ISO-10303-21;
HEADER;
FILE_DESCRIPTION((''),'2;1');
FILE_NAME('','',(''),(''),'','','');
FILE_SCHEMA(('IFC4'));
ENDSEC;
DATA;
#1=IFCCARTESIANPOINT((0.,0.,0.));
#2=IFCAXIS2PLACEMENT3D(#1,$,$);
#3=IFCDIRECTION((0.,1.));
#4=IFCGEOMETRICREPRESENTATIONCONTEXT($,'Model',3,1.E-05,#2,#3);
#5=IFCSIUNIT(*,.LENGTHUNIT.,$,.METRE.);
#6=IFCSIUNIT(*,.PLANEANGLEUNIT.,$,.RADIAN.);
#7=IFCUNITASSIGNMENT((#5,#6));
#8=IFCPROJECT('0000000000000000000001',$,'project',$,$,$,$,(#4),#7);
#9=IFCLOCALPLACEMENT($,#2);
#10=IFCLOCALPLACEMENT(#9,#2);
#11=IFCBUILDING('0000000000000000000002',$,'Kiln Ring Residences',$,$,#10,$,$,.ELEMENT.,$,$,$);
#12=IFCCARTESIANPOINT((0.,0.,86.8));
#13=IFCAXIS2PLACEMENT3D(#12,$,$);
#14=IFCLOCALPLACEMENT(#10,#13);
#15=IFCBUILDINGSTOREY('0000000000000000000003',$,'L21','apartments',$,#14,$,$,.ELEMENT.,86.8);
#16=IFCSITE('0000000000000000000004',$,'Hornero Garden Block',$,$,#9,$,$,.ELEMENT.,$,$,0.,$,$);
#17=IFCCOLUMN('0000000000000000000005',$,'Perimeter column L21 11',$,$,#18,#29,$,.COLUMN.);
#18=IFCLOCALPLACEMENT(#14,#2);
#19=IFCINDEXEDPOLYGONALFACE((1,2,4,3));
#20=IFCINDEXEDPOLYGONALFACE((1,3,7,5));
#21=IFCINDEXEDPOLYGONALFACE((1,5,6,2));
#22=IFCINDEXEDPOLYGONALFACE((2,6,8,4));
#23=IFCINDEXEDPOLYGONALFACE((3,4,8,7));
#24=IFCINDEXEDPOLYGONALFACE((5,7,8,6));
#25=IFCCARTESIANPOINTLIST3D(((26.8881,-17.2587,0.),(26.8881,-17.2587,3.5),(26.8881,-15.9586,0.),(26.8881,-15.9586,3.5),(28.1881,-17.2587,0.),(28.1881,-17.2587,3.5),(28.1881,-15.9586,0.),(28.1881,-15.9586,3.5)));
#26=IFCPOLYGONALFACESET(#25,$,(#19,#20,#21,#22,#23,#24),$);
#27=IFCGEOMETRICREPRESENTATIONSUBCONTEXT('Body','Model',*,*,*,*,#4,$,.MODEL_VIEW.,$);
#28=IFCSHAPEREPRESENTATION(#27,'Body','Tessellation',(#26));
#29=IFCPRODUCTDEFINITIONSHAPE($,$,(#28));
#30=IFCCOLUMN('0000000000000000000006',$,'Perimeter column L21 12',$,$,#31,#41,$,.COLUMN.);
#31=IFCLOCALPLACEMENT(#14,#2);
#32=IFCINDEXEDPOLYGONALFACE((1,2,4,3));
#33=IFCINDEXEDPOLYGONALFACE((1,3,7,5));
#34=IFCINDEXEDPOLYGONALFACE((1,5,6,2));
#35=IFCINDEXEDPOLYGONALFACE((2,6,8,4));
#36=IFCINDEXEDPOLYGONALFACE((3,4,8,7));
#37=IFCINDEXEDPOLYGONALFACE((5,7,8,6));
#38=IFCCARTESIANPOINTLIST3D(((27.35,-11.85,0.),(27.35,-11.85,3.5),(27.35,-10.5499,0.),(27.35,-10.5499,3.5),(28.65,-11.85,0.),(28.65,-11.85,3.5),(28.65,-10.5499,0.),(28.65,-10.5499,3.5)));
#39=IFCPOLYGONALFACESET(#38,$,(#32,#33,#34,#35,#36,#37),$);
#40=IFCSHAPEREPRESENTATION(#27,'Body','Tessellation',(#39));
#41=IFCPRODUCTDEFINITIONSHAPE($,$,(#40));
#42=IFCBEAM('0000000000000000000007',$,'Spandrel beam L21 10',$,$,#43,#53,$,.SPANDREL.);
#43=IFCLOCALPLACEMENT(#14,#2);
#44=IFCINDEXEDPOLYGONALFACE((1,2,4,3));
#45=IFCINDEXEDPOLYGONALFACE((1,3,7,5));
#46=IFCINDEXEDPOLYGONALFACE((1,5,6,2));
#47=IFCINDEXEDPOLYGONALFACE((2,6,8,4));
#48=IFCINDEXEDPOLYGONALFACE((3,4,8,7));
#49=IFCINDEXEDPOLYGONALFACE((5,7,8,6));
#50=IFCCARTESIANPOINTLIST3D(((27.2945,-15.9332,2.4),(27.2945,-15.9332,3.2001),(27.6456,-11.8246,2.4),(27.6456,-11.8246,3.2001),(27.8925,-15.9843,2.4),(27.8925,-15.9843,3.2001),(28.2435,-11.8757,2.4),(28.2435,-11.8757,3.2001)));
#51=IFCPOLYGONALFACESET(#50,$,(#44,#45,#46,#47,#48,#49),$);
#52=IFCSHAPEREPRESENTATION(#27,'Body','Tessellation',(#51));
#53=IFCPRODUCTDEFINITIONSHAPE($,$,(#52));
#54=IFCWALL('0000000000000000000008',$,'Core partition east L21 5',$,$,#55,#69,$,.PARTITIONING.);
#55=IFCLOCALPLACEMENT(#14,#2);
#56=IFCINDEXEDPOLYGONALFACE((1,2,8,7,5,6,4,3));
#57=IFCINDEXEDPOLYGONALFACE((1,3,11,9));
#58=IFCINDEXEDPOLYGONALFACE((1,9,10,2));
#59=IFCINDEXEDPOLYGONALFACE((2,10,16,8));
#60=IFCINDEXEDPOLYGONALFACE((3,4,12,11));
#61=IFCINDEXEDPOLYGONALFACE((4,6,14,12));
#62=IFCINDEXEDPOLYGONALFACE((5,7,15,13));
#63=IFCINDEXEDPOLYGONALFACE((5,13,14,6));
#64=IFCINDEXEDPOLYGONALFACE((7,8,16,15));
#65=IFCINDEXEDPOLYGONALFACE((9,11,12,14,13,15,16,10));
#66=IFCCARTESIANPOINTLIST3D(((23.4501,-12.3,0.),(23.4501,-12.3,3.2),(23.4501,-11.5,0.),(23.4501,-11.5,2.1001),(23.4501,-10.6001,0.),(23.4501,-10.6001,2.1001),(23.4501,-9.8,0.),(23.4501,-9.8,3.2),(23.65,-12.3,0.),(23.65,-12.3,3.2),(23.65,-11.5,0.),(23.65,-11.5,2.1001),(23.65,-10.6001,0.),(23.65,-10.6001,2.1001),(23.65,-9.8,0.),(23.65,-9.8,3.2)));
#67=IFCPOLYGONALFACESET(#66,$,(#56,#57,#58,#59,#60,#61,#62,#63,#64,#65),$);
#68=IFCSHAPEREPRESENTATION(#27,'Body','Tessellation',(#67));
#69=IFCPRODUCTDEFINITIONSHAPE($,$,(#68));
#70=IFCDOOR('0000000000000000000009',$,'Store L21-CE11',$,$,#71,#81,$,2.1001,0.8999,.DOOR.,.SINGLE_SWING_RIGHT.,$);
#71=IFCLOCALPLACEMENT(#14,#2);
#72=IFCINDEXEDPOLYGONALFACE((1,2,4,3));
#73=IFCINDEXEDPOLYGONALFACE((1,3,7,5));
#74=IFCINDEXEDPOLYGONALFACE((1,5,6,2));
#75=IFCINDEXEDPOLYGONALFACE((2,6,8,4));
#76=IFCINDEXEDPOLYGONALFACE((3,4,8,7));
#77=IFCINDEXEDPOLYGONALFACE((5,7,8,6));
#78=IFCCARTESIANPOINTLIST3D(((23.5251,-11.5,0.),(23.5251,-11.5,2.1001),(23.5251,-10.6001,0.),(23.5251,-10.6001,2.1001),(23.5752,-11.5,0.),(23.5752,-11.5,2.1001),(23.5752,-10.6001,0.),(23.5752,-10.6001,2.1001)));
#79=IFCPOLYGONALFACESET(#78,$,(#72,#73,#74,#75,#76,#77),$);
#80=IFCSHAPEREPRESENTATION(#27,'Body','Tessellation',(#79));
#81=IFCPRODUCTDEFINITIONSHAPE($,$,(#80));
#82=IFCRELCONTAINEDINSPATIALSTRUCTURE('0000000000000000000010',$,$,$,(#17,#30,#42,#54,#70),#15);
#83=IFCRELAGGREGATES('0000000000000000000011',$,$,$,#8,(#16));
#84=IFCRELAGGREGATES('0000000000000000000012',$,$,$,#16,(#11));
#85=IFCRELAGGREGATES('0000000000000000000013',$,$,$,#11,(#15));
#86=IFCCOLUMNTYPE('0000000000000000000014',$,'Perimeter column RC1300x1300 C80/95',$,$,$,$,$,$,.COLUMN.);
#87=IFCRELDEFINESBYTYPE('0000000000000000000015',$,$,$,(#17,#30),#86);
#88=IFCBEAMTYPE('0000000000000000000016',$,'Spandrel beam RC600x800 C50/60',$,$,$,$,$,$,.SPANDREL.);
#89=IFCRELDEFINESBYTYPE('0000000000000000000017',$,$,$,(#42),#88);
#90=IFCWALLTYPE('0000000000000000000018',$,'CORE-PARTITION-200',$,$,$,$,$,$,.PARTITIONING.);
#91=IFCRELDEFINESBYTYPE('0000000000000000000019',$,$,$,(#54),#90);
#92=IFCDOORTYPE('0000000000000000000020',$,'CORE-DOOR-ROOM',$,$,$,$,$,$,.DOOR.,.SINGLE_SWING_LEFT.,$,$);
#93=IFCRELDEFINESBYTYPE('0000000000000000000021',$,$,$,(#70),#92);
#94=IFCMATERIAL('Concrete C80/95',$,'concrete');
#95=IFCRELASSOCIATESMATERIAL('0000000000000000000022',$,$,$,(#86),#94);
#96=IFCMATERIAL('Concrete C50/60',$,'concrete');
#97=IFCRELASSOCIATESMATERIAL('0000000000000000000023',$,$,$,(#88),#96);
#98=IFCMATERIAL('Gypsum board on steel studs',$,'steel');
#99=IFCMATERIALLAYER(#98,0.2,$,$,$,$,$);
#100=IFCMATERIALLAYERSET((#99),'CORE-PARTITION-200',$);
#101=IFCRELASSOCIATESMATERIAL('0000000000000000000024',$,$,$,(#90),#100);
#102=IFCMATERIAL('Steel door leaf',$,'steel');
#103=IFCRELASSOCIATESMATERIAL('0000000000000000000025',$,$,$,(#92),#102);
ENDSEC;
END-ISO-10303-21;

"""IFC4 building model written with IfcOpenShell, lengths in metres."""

from ifc_helpers import new_model, si_unit, direction, frame, frame_2d, origin, origin_2d, place, context, subcontext, project, spatial, rectangle, extrude, material, layer, layer_set, material_profile, profile_set, type_object, element, fill, save


model = new_model("IFC4")

# Units and contexts
model_context = context("Model", 3, precision=1e-05, world=origin(), true_north=direction((0.0, 1.0)))
body_context = subcontext(model_context, "Body", "Model", "MODEL_VIEW")
ifc_project = project(units=[si_unit("LENGTHUNIT", "METRE"), si_unit("PLANEANGLEUNIT", "RADIAN")], contexts=[model_context])

# Site, building, storey
site_placement = place(None, origin())
site = spatial("IfcSite", under=ifc_project, at=site_placement, Name="Hornero Garden Block", CompositionType="ELEMENT", RefElevation=0.0)
building_placement = place(site_placement, origin())
building = spatial("IfcBuilding", under=site, at=building_placement, Name="Kiln Ring Residences", CompositionType="ELEMENT")
storey_placement = place(building_placement, frame((0.0, 0.0, 86.8)))
storey = spatial("IfcBuildingStorey", under=building, at=storey_placement, Name="L21", Description="apartments", CompositionType="ELEMENT", Elevation=86.8)

# Columns
ifc_material_1 = material(Name="Concrete C80/95", Category="concrete")
ifc_material_profile_1 = material_profile(ifc_material_1, rectangle(XDim=1.3, YDim=1.3, at=origin_2d()), Name="RC1300x1300")
ifc_profile_set_1 = profile_set([ifc_material_profile_1], Name="Concrete C80/95")
column_type = type_object("IfcColumnType", Name="Perimeter column RC1300x1300 C80/95", PredefinedType="COLUMN", material=ifc_profile_set_1)
for number, where, z_axis, x_axis, name in (
    (1, (27.5381, -16.6086, 0.0), (0.0, 0.0, 1.0), (1.0, 0.0, 0.0), "Perimeter column L21 11"),
    (2, (28.0, -11.2, 0.0), (0.0, 0.0, 1.0), (1.0, 0.0, 0.0), "Perimeter column L21 12"),
):
    element("IfcColumn", number, at=place(storey_placement, frame(where, z_axis=z_axis, x_axis=x_axis)), inside=storey, type_object=column_type, Name=name, PredefinedType="COLUMN", context=body_context, shape_type="SweptSolid", body=[
        extrude(rectangle(XDim=1.3, YDim=1.3, at=origin_2d()), origin(), (0.0, 0.0, 1.0), 3.5),
    ])

# Beam
ifc_material_2 = material(Name="Concrete C50/60", Category="concrete")
ifc_material_profile_2 = material_profile(ifc_material_2, rectangle(XDim=0.6001, YDim=0.8, at=origin_2d()), Name="RC600x800")
ifc_profile_set_2 = profile_set([ifc_material_profile_2], Name="Concrete C50/60")
beam_type = type_object("IfcBeamType", Name="Spandrel beam RC600x800 C50/60", PredefinedType="SPANDREL", material=ifc_profile_set_2)
beam_placement = place(storey_placement, frame((27.5935, -15.9587, 2.8), z_axis=(0.085137, 0.996369, 0.0), x_axis=(-0.996369, 0.085137, 0.0)))
element("IfcBeam", 3, at=beam_placement, inside=storey, type_object=beam_type, Name="Spandrel beam L21 10", PredefinedType="SPANDREL", context=body_context, shape_type="SweptSolid", body=[
    extrude(rectangle(XDim=0.6001, YDim=0.8, at=origin_2d()), origin(), (0.0, 0.0, 1.0), 4.1235),
])

# Wall, opening, door
ifc_material_3 = material(Name="Gypsum board on steel studs", Category="steel")
ifc_layer_1 = layer(ifc_material_3, 0.2)
ifc_layer_set_1 = layer_set([ifc_layer_1], Name="CORE-PARTITION-200")
wall_type_1 = type_object("IfcWallType", Name="CORE-PARTITION-200", PredefinedType="PARTITIONING", material=ifc_layer_set_1)
wall_1_placement = place(storey_placement, frame((23.55, -12.3, 0.0), z_axis=(0.0, 0.0, 1.0), x_axis=(0.0, 1.0, 0.0)))
wall_1 = element("IfcWall", 4, at=wall_1_placement, inside=storey, type_object=wall_type_1, Name="Core partition east L21 5", PredefinedType="PARTITIONING", context=body_context, shape_type="SweptSolid", body=[
    extrude(rectangle(XDim=2.5, YDim=0.2, at=frame_2d((1.25, 0.0))), origin(), (0.0, 0.0, 1.0), 3.2),
])
opening_1_placement = place(wall_1_placement, frame((0.8, 0.0, 0.0)))
opening_1 = element("IfcOpeningElement", 5, at=opening_1_placement, cuts=wall_1, PredefinedType="OPENING", context=body_context, shape_type="SweptSolid", body=[
    extrude(rectangle(XDim=0.8999, YDim=2.1001, at=frame_2d((0.45, 1.05))), frame((0.0, 0.1099, 0.0), z_axis=(0.0, -1.0, 0.0), x_axis=(1.0, 0.0, 0.0)), (0.0, 0.0, 1.0), 0.22),
])
ifc_material_4 = material(Name="Steel door leaf", Category="steel")
door_type_1 = type_object("IfcDoorType", Name="CORE-DOOR-ROOM", OperationType="SINGLE_SWING_LEFT", PredefinedType="DOOR", material=ifc_material_4)
door_1_placement = place(opening_1_placement, origin())
door_1 = element("IfcDoor", 6, at=door_1_placement, inside=storey, type_object=door_type_1, Name="Store L21-CE11", OperationType="SINGLE_SWING_RIGHT", OverallHeight=2.1001, OverallWidth=0.8999, PredefinedType="DOOR", context=body_context, shape_type="SweptSolid", body=[
    extrude(rectangle(XDim=0.8999, YDim=2.1001, at=frame_2d((0.45, 1.05))), frame((0.0, 0.0249, 0.0), z_axis=(0.0, -1.0, 0.0), x_axis=(1.0, 0.0, 0.0)), (0.0, 0.0, 1.0), 0.05),
])
fill(opening_1, door_1)

save(model, "model.ifc")
